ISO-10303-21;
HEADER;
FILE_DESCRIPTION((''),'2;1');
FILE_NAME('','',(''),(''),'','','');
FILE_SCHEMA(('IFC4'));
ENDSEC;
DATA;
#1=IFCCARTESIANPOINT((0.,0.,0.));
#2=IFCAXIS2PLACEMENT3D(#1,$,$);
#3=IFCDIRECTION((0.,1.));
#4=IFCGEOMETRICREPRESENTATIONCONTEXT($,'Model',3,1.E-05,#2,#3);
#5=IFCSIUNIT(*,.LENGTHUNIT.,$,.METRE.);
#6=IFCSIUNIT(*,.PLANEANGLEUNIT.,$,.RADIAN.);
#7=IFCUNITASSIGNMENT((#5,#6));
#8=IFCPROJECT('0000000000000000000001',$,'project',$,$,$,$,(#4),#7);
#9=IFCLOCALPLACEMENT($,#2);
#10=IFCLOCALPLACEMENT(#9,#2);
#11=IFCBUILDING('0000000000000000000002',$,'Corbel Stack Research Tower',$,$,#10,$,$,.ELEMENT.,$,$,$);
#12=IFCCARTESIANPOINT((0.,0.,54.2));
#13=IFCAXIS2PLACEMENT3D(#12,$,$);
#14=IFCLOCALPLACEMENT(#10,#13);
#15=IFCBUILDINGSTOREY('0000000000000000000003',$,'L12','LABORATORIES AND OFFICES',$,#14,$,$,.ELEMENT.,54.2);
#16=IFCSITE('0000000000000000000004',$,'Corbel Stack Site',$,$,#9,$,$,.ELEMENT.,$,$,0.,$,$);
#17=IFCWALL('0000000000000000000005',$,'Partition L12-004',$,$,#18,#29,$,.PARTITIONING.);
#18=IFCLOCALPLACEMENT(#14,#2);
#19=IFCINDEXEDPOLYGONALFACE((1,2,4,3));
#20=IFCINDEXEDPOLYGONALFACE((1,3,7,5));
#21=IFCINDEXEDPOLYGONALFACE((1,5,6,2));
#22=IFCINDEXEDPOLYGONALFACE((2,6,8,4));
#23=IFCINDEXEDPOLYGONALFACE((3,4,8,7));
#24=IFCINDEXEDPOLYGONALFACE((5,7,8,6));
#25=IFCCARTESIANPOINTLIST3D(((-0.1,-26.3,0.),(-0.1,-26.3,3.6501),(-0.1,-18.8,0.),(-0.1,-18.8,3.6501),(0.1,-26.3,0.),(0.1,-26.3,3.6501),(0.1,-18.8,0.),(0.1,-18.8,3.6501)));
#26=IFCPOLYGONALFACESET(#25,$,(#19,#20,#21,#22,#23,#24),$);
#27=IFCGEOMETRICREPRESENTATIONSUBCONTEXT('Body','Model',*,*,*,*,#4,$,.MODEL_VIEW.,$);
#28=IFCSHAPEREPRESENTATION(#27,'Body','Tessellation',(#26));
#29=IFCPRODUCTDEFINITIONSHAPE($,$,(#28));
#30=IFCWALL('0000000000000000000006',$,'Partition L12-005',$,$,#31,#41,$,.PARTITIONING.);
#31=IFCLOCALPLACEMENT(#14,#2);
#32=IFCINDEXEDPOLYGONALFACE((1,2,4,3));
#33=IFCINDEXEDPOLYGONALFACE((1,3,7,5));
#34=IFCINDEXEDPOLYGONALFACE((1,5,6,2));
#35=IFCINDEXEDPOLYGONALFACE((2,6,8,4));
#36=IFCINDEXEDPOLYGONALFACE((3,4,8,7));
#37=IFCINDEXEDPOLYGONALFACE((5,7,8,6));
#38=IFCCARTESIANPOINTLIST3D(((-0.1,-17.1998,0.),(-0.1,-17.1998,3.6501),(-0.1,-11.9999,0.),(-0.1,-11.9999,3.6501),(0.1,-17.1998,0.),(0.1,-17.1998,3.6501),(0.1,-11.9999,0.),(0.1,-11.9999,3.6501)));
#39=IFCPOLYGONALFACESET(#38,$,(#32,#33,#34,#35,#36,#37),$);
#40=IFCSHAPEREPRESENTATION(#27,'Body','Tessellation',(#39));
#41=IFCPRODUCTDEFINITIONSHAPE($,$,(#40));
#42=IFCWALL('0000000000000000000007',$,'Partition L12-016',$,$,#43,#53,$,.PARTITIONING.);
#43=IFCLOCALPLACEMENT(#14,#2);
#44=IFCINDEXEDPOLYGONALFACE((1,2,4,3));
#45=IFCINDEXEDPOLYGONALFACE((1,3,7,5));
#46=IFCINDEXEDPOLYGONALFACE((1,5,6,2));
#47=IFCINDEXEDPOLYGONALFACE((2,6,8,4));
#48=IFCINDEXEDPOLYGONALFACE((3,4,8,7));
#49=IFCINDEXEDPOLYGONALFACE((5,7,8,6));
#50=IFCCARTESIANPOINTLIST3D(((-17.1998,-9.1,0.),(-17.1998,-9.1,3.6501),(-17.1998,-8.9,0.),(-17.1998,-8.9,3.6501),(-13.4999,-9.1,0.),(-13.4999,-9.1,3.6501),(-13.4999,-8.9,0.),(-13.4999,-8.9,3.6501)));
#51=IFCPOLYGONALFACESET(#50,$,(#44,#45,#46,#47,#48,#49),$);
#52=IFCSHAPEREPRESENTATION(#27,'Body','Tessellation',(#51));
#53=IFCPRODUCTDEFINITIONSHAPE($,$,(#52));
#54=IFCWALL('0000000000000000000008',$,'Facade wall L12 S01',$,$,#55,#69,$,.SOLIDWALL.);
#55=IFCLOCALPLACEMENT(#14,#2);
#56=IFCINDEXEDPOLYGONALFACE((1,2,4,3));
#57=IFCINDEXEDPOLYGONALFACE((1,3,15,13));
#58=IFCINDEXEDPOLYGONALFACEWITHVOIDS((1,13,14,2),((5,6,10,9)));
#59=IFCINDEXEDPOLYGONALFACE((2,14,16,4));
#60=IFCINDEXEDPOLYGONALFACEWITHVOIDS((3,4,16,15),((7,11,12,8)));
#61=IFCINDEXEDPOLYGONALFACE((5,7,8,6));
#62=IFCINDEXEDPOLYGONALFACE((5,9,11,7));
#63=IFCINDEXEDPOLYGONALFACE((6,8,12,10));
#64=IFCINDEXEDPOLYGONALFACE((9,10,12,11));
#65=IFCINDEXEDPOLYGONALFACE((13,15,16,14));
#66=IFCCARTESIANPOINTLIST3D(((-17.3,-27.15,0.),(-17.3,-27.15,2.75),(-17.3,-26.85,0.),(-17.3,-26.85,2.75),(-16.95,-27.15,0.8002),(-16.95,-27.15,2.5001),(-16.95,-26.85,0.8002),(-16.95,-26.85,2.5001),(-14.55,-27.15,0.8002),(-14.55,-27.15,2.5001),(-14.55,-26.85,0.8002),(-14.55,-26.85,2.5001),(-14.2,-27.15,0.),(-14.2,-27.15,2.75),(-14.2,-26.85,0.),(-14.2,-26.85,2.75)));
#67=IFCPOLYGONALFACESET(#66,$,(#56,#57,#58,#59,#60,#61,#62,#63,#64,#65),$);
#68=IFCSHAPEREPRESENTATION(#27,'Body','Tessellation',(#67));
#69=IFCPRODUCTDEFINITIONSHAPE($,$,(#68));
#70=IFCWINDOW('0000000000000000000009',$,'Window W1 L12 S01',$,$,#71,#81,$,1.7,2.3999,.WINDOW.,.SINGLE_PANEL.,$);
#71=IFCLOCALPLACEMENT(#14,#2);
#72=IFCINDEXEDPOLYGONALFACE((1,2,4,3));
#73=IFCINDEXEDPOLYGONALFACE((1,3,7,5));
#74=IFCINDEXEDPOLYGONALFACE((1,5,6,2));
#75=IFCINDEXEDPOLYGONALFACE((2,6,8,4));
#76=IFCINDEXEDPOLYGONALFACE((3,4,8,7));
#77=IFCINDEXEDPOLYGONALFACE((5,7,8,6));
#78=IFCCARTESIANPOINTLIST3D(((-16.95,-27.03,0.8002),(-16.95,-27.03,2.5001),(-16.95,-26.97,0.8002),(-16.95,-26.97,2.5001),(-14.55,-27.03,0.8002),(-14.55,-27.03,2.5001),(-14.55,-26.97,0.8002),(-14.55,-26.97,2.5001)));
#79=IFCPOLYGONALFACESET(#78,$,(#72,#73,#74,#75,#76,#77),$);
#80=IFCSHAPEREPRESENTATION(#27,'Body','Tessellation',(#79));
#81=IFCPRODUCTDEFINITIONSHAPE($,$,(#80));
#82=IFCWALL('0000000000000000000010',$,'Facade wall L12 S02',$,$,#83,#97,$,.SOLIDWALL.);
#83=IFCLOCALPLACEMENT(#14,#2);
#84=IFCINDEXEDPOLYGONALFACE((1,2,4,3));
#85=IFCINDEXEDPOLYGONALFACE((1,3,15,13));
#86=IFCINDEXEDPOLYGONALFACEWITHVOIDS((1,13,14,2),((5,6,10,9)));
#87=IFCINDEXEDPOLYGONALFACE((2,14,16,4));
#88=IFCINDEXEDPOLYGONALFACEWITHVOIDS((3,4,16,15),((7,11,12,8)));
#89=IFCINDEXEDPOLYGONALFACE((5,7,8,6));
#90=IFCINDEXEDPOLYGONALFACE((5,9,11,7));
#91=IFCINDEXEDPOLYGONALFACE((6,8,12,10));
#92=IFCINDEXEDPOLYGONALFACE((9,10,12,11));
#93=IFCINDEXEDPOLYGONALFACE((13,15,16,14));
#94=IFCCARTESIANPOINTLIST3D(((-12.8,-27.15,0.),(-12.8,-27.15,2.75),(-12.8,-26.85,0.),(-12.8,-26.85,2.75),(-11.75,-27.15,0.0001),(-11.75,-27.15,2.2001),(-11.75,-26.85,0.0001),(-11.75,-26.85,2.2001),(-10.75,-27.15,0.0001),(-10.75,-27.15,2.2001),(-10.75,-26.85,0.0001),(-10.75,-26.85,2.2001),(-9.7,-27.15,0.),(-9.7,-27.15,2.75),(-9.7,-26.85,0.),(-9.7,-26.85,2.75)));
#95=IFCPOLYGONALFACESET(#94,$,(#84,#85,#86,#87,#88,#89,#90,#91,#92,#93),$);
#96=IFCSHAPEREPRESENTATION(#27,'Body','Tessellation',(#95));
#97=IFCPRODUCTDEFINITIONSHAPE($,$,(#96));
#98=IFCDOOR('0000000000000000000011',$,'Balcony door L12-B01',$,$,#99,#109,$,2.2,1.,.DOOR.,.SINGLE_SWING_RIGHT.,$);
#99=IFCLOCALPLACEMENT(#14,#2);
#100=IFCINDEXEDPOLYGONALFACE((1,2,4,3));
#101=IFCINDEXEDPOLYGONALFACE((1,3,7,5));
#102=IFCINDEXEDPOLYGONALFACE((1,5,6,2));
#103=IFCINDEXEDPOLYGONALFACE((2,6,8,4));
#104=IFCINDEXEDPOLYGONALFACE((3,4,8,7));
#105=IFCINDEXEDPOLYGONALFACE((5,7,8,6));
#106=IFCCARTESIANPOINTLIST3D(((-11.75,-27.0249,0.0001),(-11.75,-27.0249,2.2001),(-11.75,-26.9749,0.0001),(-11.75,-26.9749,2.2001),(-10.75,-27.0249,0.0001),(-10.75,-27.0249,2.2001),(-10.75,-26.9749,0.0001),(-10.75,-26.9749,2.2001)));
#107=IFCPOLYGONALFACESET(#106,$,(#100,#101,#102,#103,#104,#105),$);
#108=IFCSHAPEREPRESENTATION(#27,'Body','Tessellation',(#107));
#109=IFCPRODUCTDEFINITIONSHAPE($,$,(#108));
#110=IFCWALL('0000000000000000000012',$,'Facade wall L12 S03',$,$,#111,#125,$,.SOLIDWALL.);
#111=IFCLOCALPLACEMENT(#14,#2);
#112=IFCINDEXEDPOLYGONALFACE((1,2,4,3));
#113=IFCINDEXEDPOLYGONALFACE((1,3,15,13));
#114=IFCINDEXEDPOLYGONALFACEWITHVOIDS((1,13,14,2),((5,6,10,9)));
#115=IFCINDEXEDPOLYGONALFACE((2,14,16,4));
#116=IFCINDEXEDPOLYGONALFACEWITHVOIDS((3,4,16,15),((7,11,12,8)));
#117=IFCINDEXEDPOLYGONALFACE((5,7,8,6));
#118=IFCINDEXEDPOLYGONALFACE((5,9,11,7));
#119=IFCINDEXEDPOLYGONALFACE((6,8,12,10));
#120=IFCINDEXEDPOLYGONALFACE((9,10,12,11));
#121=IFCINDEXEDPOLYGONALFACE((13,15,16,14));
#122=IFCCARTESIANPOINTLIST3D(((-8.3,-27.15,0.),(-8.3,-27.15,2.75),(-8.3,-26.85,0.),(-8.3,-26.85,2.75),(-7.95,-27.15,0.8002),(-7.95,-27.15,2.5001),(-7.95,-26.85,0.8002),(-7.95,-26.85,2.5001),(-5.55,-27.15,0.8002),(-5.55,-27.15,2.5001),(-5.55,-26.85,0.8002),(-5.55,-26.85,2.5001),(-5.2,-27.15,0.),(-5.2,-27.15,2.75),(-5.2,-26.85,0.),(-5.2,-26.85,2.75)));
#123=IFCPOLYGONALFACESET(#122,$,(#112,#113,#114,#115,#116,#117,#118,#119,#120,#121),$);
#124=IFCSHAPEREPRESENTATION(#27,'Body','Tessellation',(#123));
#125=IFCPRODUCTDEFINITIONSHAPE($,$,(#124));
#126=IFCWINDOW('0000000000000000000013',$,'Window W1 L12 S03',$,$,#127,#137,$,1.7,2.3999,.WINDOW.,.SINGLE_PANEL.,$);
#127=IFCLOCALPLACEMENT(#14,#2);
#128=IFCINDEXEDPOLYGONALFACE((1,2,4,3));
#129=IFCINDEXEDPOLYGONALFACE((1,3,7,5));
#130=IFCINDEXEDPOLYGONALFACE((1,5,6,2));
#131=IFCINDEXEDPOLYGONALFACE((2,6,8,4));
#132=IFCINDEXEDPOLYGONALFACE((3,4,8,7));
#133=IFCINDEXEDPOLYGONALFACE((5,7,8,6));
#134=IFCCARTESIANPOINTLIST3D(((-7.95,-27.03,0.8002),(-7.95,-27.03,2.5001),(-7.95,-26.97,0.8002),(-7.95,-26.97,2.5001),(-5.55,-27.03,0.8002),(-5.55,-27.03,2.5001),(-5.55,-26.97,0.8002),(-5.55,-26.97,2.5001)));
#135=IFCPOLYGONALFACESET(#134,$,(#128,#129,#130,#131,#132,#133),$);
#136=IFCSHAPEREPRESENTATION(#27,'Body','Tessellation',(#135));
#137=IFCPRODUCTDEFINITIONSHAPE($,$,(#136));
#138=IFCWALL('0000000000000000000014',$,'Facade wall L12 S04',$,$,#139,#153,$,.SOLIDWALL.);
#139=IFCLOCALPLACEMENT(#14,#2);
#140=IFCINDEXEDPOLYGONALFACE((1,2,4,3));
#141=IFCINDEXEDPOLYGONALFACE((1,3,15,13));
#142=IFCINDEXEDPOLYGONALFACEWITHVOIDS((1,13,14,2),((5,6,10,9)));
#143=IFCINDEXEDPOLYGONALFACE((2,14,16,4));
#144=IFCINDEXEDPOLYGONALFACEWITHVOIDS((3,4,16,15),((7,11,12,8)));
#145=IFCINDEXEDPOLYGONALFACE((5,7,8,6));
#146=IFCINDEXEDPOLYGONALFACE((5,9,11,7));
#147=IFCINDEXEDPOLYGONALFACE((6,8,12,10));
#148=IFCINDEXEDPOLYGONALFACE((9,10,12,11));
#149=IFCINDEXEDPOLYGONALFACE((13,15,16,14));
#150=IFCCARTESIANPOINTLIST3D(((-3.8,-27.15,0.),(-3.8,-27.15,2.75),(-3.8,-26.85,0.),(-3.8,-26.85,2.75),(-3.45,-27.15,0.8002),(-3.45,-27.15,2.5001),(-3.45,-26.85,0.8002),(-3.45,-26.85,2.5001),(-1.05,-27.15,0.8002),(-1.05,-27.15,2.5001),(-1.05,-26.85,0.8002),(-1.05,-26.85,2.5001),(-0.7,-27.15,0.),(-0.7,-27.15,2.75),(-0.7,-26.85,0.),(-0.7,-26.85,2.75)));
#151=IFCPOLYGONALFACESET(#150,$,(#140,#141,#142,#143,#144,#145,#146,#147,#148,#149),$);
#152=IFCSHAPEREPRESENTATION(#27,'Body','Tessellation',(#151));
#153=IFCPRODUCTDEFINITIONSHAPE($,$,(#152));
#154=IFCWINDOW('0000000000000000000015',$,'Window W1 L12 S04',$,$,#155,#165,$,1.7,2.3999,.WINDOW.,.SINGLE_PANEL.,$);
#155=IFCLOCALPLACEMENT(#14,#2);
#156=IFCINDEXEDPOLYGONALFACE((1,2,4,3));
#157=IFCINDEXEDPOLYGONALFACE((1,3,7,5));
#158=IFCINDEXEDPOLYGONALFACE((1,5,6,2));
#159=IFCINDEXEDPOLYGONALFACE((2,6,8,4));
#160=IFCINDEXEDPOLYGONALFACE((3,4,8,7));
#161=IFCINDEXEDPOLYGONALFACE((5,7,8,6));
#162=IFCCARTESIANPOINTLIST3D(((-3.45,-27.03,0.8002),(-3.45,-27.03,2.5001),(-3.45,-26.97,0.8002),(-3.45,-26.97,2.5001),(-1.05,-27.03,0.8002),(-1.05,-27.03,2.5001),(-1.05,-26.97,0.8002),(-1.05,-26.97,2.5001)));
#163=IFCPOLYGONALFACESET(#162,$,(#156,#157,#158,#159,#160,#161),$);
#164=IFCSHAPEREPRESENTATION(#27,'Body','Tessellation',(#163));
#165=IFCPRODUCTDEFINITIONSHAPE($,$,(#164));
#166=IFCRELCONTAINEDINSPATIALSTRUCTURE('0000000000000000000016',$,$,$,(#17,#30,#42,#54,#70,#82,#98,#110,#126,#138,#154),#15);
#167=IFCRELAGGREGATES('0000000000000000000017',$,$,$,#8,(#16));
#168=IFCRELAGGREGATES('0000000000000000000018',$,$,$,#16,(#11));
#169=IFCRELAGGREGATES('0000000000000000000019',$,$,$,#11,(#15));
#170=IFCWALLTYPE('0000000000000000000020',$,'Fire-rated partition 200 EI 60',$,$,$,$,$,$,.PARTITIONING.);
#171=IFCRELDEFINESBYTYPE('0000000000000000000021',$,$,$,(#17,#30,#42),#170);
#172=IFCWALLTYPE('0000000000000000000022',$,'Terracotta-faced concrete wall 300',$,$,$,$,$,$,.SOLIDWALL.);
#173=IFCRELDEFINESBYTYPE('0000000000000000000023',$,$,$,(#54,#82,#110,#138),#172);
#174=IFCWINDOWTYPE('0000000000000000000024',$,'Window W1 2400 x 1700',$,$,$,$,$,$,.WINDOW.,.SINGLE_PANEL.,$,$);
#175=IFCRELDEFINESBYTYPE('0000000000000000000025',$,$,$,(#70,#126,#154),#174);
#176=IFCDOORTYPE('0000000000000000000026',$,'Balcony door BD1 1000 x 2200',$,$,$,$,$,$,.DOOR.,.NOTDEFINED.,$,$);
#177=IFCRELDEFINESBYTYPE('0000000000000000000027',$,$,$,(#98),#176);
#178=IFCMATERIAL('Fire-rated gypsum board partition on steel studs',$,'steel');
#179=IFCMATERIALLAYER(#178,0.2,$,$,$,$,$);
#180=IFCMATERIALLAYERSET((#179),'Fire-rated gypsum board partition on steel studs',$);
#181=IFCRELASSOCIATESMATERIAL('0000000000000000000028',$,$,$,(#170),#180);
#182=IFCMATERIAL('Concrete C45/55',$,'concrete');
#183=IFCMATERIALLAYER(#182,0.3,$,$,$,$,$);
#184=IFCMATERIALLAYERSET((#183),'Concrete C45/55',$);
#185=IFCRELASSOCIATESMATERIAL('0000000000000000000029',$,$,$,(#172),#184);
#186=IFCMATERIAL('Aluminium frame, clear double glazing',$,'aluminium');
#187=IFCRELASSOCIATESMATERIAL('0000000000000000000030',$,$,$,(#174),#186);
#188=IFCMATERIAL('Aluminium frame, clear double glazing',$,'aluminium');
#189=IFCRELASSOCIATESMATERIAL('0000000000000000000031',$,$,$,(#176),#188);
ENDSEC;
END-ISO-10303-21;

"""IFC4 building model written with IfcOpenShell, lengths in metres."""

from ifc_helpers import new_model, si_unit, direction, frame, frame_2d, origin, place, context, subcontext, project, spatial, rectangle, extrude, material, layer, layer_set, type_object, element, fill, save


model = new_model("IFC4")

# Units and contexts
model_context = context("Model", 3, precision=1e-05, world=origin(), true_north=direction((0.0, 1.0)))
body_context = subcontext(model_context, "Body", "Model", "MODEL_VIEW")
ifc_project = project(units=[si_unit("LENGTHUNIT", "METRE"), si_unit("PLANEANGLEUNIT", "RADIAN")], contexts=[model_context])

# Site, building, storey
site_placement = place(None, origin())
site = spatial("IfcSite", under=ifc_project, at=site_placement, Name="Corbel Stack Site", CompositionType="ELEMENT", RefElevation=0.0)
building_placement = place(site_placement, origin())
building = spatial("IfcBuilding", under=site, at=building_placement, Name="Corbel Stack Research Tower", CompositionType="ELEMENT")
storey_placement = place(building_placement, frame((0.0, 0.0, 54.2)))
storey = spatial("IfcBuildingStorey", under=building, at=storey_placement, Name="L12", Description="LABORATORIES AND OFFICES", CompositionType="ELEMENT", Elevation=54.2)

# Shared definitions
ifc_material_1 = material(Name="Fire-rated gypsum board partition on steel studs", Category="steel")
ifc_layer_1 = layer(ifc_material_1, 0.2)
ifc_layer_set_1 = layer_set([ifc_layer_1], Name="Fire-rated gypsum board partition on steel studs")
wall_type_1 = type_object("IfcWallType", Name="Fire-rated partition 200 EI 60", PredefinedType="PARTITIONING", material=ifc_layer_set_1)

# Walls
wall_1_placement = place(storey_placement, frame((0.0, -26.3, 0.0), z_axis=(0.0, 0.0, 1.0), x_axis=(0.0, 1.0, 0.0)))
element("IfcWall", 1, at=wall_1_placement, inside=storey, type_object=wall_type_1, Name="Partition L12-004", PredefinedType="PARTITIONING", context=body_context, shape_type="SweptSolid", body=[
    extrude(rectangle(XDim=7.5, YDim=0.2, at=frame_2d((3.75, 0.0))), origin(), (0.0, 0.0, 1.0), 3.6501),
])
wall_2_placement = place(storey_placement, frame((0.0, -17.2, 0.0), z_axis=(0.0, 0.0, 1.0), x_axis=(0.0, 1.0, 0.0)))
element("IfcWall", 2, at=wall_2_placement, inside=storey, type_object=wall_type_1, Name="Partition L12-005", PredefinedType="PARTITIONING", context=body_context, shape_type="SweptSolid", body=[
    extrude(rectangle(XDim=5.2, YDim=0.2, at=frame_2d((2.6001, 0.0))), origin(), (0.0, 0.0, 1.0), 3.6501),
])
wall_3_placement = place(storey_placement, frame((-17.2, -9.0, 0.0), z_axis=(0.0, 0.0, 1.0), x_axis=(1.0, 0.0, 0.0)))
element("IfcWall", 3, at=wall_3_placement, inside=storey, type_object=wall_type_1, Name="Partition L12-016", PredefinedType="PARTITIONING", context=body_context, shape_type="SweptSolid", body=[
    extrude(rectangle(XDim=3.7, YDim=0.2, at=frame_2d((1.8501, 0.0))), origin(), (0.0, 0.0, 1.0), 3.6501),
])

# Wall, opening, window
ifc_material_2 = material(Name="Concrete C45/55", Category="concrete")
ifc_layer_2 = layer(ifc_material_2, 0.3)
ifc_layer_set_2 = layer_set([ifc_layer_2], Name="Concrete C45/55")
wall_type_2 = type_object("IfcWallType", Name="Terracotta-faced concrete wall 300", PredefinedType="SOLIDWALL", material=ifc_layer_set_2)
wall_4_placement = place(storey_placement, frame((-14.2, -27.0, 0.0), z_axis=(0.0, 0.0, 1.0), x_axis=(-1.0, 0.0, 0.0)))
wall_4 = element("IfcWall", 4, at=wall_4_placement, inside=storey, type_object=wall_type_2, Name="Facade wall L12 S01", PredefinedType="SOLIDWALL", context=body_context, shape_type="SweptSolid", body=[
    extrude(rectangle(XDim=3.1001, YDim=0.3, at=frame_2d((1.55, 0.0))), origin(), (0.0, 0.0, 1.0), 2.75),
])
opening_1_placement = place(wall_4_placement, frame((0.3501, 0.0, 0.8)))
opening_1 = element("IfcOpeningElement", 5, at=opening_1_placement, cuts=wall_4, PredefinedType="OPENING", context=body_context, shape_type="SweptSolid", body=[
    extrude(rectangle(XDim=2.3999, YDim=1.7, at=frame_2d((1.2, 0.8501))), frame((0.0, 0.1599, 0.0), z_axis=(0.0, -1.0, 0.0), x_axis=(1.0, 0.0, 0.0)), (0.0, 0.0, 1.0), 0.3201),
])
ifc_material_3 = material(Name="Aluminium frame, clear double glazing", Category="aluminium")
window_type = type_object("IfcWindowType", Name="Window W1 2400 x 1700", PartitioningType="SINGLE_PANEL", PredefinedType="WINDOW", material=ifc_material_3)
window_1_placement = place(opening_1_placement, origin())
window_1 = element("IfcWindow", 6, at=window_1_placement, inside=storey, type_object=window_type, Name="Window W1 L12 S01", OverallHeight=1.7, OverallWidth=2.3999, PartitioningType="SINGLE_PANEL", PredefinedType="WINDOW", context=body_context, shape_type="SweptSolid", body=[
    extrude(rectangle(XDim=2.3999, YDim=1.7, at=frame_2d((1.2, 0.8501))), frame((0.0, 0.03, 0.0), z_axis=(0.0, -1.0, 0.0), x_axis=(1.0, 0.0, 0.0)), (0.0, 0.0, 1.0), 0.0601),
])
fill(opening_1, window_1)

# Wall, opening, door
wall_5_placement = place(storey_placement, frame((-9.7, -27.0, 0.0), z_axis=(0.0, 0.0, 1.0), x_axis=(-1.0, 0.0, 0.0)))
wall_5 = element("IfcWall", 7, at=wall_5_placement, inside=storey, type_object=wall_type_2, Name="Facade wall L12 S02", PredefinedType="SOLIDWALL", context=body_context, shape_type="SweptSolid", body=[
    extrude(rectangle(XDim=3.1001, YDim=0.3, at=frame_2d((1.55, 0.0))), origin(), (0.0, 0.0, 1.0), 2.75),
])
opening_2_placement = place(wall_5_placement, frame((1.05, 0.0, 0.0)))
opening_2 = element("IfcOpeningElement", 8, at=opening_2_placement, cuts=wall_5, PredefinedType="OPENING", context=body_context, shape_type="SweptSolid", body=[
    extrude(rectangle(XDim=1.0, YDim=2.2, at=frame_2d((0.5, 1.1001))), frame((0.0, 0.1599, 0.0), z_axis=(0.0, -1.0, 0.0), x_axis=(1.0, 0.0, 0.0)), (0.0, 0.0, 1.0), 0.3201),
])
ifc_material_4 = material(Name="Aluminium frame, clear double glazing", Category="aluminium")
door_type_1 = type_object("IfcDoorType", Name="Balcony door BD1 1000 x 2200", OperationType="NOTDEFINED", PredefinedType="DOOR", material=ifc_material_4)
door_1_placement = place(opening_2_placement, origin())
door_1 = element("IfcDoor", 9, at=door_1_placement, inside=storey, type_object=door_type_1, Name="Balcony door L12-B01", OperationType="SINGLE_SWING_RIGHT", OverallHeight=2.2, OverallWidth=1.0, PredefinedType="DOOR", context=body_context, shape_type="SweptSolid", body=[
    extrude(rectangle(XDim=1.0, YDim=2.2, at=frame_2d((0.5, 1.1001))), frame((0.0, 0.0249, 0.0), z_axis=(0.0, -1.0, 0.0), x_axis=(1.0, 0.0, 0.0)), (0.0, 0.0, 1.0), 0.05),
])
fill(opening_2, door_1)

# Walls, openings, windows
wall_6_placement = place(storey_placement, frame((-5.2, -27.0, 0.0), z_axis=(0.0, 0.0, 1.0), x_axis=(-1.0, 0.0, 0.0)))
wall_6 = element("IfcWall", 10, at=wall_6_placement, inside=storey, type_object=wall_type_2, Name="Facade wall L12 S03", PredefinedType="SOLIDWALL", context=body_context, shape_type="SweptSolid", body=[
    extrude(rectangle(XDim=3.1001, YDim=0.3, at=frame_2d((1.55, 0.0))), origin(), (0.0, 0.0, 1.0), 2.75),
])
opening_3_placement = place(wall_6_placement, frame((0.3501, 0.0, 0.8)))
opening_3 = element("IfcOpeningElement", 11, at=opening_3_placement, cuts=wall_6, PredefinedType="OPENING", context=body_context, shape_type="SweptSolid", body=[
    extrude(rectangle(XDim=2.3999, YDim=1.7, at=frame_2d((1.2, 0.8501))), frame((0.0, 0.1599, 0.0), z_axis=(0.0, -1.0, 0.0), x_axis=(1.0, 0.0, 0.0)), (0.0, 0.0, 1.0), 0.3201),
])
window_2_placement = place(opening_3_placement, origin())
window_2 = element("IfcWindow", 12, at=window_2_placement, inside=storey, type_object=window_type, Name="Window W1 L12 S03", OverallHeight=1.7, OverallWidth=2.3999, PartitioningType="SINGLE_PANEL", PredefinedType="WINDOW", context=body_context, shape_type="SweptSolid", body=[
    extrude(rectangle(XDim=2.3999, YDim=1.7, at=frame_2d((1.2, 0.8501))), frame((0.0, 0.03, 0.0), z_axis=(0.0, -1.0, 0.0), x_axis=(1.0, 0.0, 0.0)), (0.0, 0.0, 1.0), 0.0601),
])
fill(opening_3, window_2)
wall_7_placement = place(storey_placement, frame((-0.7, -27.0, 0.0), z_axis=(0.0, 0.0, 1.0), x_axis=(-1.0, 0.0, 0.0)))
wall_7 = element("IfcWall", 13, at=wall_7_placement, inside=storey, type_object=wall_type_2, Name="Facade wall L12 S04", PredefinedType="SOLIDWALL", context=body_context, shape_type="SweptSolid", body=[
    extrude(rectangle(XDim=3.1001, YDim=0.3, at=frame_2d((1.55, 0.0))), origin(), (0.0, 0.0, 1.0), 2.75),
])
opening_4_placement = place(wall_7_placement, frame((0.3501, 0.0, 0.8)))
opening_4 = element("IfcOpeningElement", 14, at=opening_4_placement, cuts=wall_7, PredefinedType="OPENING", context=body_context, shape_type="SweptSolid", body=[
    extrude(rectangle(XDim=2.3999, YDim=1.7, at=frame_2d((1.2, 0.8501))), frame((0.0, 0.1599, 0.0), z_axis=(0.0, -1.0, 0.0), x_axis=(1.0, 0.0, 0.0)), (0.0, 0.0, 1.0), 0.3201),
])
window_3_placement = place(opening_4_placement, origin())
window_3 = element("IfcWindow", 15, at=window_3_placement, inside=storey, type_object=window_type, Name="Window W1 L12 S04", OverallHeight=1.7, OverallWidth=2.3999, PartitioningType="SINGLE_PANEL", PredefinedType="WINDOW", context=body_context, shape_type="SweptSolid", body=[
    extrude(rectangle(XDim=2.3999, YDim=1.7, at=frame_2d((1.2, 0.8501))), frame((0.0, 0.03, 0.0), z_axis=(0.0, -1.0, 0.0), x_axis=(1.0, 0.0, 0.0)), (0.0, 0.0, 1.0), 0.0601),
])
fill(opening_4, window_3)

save(model, "model.ifc")
